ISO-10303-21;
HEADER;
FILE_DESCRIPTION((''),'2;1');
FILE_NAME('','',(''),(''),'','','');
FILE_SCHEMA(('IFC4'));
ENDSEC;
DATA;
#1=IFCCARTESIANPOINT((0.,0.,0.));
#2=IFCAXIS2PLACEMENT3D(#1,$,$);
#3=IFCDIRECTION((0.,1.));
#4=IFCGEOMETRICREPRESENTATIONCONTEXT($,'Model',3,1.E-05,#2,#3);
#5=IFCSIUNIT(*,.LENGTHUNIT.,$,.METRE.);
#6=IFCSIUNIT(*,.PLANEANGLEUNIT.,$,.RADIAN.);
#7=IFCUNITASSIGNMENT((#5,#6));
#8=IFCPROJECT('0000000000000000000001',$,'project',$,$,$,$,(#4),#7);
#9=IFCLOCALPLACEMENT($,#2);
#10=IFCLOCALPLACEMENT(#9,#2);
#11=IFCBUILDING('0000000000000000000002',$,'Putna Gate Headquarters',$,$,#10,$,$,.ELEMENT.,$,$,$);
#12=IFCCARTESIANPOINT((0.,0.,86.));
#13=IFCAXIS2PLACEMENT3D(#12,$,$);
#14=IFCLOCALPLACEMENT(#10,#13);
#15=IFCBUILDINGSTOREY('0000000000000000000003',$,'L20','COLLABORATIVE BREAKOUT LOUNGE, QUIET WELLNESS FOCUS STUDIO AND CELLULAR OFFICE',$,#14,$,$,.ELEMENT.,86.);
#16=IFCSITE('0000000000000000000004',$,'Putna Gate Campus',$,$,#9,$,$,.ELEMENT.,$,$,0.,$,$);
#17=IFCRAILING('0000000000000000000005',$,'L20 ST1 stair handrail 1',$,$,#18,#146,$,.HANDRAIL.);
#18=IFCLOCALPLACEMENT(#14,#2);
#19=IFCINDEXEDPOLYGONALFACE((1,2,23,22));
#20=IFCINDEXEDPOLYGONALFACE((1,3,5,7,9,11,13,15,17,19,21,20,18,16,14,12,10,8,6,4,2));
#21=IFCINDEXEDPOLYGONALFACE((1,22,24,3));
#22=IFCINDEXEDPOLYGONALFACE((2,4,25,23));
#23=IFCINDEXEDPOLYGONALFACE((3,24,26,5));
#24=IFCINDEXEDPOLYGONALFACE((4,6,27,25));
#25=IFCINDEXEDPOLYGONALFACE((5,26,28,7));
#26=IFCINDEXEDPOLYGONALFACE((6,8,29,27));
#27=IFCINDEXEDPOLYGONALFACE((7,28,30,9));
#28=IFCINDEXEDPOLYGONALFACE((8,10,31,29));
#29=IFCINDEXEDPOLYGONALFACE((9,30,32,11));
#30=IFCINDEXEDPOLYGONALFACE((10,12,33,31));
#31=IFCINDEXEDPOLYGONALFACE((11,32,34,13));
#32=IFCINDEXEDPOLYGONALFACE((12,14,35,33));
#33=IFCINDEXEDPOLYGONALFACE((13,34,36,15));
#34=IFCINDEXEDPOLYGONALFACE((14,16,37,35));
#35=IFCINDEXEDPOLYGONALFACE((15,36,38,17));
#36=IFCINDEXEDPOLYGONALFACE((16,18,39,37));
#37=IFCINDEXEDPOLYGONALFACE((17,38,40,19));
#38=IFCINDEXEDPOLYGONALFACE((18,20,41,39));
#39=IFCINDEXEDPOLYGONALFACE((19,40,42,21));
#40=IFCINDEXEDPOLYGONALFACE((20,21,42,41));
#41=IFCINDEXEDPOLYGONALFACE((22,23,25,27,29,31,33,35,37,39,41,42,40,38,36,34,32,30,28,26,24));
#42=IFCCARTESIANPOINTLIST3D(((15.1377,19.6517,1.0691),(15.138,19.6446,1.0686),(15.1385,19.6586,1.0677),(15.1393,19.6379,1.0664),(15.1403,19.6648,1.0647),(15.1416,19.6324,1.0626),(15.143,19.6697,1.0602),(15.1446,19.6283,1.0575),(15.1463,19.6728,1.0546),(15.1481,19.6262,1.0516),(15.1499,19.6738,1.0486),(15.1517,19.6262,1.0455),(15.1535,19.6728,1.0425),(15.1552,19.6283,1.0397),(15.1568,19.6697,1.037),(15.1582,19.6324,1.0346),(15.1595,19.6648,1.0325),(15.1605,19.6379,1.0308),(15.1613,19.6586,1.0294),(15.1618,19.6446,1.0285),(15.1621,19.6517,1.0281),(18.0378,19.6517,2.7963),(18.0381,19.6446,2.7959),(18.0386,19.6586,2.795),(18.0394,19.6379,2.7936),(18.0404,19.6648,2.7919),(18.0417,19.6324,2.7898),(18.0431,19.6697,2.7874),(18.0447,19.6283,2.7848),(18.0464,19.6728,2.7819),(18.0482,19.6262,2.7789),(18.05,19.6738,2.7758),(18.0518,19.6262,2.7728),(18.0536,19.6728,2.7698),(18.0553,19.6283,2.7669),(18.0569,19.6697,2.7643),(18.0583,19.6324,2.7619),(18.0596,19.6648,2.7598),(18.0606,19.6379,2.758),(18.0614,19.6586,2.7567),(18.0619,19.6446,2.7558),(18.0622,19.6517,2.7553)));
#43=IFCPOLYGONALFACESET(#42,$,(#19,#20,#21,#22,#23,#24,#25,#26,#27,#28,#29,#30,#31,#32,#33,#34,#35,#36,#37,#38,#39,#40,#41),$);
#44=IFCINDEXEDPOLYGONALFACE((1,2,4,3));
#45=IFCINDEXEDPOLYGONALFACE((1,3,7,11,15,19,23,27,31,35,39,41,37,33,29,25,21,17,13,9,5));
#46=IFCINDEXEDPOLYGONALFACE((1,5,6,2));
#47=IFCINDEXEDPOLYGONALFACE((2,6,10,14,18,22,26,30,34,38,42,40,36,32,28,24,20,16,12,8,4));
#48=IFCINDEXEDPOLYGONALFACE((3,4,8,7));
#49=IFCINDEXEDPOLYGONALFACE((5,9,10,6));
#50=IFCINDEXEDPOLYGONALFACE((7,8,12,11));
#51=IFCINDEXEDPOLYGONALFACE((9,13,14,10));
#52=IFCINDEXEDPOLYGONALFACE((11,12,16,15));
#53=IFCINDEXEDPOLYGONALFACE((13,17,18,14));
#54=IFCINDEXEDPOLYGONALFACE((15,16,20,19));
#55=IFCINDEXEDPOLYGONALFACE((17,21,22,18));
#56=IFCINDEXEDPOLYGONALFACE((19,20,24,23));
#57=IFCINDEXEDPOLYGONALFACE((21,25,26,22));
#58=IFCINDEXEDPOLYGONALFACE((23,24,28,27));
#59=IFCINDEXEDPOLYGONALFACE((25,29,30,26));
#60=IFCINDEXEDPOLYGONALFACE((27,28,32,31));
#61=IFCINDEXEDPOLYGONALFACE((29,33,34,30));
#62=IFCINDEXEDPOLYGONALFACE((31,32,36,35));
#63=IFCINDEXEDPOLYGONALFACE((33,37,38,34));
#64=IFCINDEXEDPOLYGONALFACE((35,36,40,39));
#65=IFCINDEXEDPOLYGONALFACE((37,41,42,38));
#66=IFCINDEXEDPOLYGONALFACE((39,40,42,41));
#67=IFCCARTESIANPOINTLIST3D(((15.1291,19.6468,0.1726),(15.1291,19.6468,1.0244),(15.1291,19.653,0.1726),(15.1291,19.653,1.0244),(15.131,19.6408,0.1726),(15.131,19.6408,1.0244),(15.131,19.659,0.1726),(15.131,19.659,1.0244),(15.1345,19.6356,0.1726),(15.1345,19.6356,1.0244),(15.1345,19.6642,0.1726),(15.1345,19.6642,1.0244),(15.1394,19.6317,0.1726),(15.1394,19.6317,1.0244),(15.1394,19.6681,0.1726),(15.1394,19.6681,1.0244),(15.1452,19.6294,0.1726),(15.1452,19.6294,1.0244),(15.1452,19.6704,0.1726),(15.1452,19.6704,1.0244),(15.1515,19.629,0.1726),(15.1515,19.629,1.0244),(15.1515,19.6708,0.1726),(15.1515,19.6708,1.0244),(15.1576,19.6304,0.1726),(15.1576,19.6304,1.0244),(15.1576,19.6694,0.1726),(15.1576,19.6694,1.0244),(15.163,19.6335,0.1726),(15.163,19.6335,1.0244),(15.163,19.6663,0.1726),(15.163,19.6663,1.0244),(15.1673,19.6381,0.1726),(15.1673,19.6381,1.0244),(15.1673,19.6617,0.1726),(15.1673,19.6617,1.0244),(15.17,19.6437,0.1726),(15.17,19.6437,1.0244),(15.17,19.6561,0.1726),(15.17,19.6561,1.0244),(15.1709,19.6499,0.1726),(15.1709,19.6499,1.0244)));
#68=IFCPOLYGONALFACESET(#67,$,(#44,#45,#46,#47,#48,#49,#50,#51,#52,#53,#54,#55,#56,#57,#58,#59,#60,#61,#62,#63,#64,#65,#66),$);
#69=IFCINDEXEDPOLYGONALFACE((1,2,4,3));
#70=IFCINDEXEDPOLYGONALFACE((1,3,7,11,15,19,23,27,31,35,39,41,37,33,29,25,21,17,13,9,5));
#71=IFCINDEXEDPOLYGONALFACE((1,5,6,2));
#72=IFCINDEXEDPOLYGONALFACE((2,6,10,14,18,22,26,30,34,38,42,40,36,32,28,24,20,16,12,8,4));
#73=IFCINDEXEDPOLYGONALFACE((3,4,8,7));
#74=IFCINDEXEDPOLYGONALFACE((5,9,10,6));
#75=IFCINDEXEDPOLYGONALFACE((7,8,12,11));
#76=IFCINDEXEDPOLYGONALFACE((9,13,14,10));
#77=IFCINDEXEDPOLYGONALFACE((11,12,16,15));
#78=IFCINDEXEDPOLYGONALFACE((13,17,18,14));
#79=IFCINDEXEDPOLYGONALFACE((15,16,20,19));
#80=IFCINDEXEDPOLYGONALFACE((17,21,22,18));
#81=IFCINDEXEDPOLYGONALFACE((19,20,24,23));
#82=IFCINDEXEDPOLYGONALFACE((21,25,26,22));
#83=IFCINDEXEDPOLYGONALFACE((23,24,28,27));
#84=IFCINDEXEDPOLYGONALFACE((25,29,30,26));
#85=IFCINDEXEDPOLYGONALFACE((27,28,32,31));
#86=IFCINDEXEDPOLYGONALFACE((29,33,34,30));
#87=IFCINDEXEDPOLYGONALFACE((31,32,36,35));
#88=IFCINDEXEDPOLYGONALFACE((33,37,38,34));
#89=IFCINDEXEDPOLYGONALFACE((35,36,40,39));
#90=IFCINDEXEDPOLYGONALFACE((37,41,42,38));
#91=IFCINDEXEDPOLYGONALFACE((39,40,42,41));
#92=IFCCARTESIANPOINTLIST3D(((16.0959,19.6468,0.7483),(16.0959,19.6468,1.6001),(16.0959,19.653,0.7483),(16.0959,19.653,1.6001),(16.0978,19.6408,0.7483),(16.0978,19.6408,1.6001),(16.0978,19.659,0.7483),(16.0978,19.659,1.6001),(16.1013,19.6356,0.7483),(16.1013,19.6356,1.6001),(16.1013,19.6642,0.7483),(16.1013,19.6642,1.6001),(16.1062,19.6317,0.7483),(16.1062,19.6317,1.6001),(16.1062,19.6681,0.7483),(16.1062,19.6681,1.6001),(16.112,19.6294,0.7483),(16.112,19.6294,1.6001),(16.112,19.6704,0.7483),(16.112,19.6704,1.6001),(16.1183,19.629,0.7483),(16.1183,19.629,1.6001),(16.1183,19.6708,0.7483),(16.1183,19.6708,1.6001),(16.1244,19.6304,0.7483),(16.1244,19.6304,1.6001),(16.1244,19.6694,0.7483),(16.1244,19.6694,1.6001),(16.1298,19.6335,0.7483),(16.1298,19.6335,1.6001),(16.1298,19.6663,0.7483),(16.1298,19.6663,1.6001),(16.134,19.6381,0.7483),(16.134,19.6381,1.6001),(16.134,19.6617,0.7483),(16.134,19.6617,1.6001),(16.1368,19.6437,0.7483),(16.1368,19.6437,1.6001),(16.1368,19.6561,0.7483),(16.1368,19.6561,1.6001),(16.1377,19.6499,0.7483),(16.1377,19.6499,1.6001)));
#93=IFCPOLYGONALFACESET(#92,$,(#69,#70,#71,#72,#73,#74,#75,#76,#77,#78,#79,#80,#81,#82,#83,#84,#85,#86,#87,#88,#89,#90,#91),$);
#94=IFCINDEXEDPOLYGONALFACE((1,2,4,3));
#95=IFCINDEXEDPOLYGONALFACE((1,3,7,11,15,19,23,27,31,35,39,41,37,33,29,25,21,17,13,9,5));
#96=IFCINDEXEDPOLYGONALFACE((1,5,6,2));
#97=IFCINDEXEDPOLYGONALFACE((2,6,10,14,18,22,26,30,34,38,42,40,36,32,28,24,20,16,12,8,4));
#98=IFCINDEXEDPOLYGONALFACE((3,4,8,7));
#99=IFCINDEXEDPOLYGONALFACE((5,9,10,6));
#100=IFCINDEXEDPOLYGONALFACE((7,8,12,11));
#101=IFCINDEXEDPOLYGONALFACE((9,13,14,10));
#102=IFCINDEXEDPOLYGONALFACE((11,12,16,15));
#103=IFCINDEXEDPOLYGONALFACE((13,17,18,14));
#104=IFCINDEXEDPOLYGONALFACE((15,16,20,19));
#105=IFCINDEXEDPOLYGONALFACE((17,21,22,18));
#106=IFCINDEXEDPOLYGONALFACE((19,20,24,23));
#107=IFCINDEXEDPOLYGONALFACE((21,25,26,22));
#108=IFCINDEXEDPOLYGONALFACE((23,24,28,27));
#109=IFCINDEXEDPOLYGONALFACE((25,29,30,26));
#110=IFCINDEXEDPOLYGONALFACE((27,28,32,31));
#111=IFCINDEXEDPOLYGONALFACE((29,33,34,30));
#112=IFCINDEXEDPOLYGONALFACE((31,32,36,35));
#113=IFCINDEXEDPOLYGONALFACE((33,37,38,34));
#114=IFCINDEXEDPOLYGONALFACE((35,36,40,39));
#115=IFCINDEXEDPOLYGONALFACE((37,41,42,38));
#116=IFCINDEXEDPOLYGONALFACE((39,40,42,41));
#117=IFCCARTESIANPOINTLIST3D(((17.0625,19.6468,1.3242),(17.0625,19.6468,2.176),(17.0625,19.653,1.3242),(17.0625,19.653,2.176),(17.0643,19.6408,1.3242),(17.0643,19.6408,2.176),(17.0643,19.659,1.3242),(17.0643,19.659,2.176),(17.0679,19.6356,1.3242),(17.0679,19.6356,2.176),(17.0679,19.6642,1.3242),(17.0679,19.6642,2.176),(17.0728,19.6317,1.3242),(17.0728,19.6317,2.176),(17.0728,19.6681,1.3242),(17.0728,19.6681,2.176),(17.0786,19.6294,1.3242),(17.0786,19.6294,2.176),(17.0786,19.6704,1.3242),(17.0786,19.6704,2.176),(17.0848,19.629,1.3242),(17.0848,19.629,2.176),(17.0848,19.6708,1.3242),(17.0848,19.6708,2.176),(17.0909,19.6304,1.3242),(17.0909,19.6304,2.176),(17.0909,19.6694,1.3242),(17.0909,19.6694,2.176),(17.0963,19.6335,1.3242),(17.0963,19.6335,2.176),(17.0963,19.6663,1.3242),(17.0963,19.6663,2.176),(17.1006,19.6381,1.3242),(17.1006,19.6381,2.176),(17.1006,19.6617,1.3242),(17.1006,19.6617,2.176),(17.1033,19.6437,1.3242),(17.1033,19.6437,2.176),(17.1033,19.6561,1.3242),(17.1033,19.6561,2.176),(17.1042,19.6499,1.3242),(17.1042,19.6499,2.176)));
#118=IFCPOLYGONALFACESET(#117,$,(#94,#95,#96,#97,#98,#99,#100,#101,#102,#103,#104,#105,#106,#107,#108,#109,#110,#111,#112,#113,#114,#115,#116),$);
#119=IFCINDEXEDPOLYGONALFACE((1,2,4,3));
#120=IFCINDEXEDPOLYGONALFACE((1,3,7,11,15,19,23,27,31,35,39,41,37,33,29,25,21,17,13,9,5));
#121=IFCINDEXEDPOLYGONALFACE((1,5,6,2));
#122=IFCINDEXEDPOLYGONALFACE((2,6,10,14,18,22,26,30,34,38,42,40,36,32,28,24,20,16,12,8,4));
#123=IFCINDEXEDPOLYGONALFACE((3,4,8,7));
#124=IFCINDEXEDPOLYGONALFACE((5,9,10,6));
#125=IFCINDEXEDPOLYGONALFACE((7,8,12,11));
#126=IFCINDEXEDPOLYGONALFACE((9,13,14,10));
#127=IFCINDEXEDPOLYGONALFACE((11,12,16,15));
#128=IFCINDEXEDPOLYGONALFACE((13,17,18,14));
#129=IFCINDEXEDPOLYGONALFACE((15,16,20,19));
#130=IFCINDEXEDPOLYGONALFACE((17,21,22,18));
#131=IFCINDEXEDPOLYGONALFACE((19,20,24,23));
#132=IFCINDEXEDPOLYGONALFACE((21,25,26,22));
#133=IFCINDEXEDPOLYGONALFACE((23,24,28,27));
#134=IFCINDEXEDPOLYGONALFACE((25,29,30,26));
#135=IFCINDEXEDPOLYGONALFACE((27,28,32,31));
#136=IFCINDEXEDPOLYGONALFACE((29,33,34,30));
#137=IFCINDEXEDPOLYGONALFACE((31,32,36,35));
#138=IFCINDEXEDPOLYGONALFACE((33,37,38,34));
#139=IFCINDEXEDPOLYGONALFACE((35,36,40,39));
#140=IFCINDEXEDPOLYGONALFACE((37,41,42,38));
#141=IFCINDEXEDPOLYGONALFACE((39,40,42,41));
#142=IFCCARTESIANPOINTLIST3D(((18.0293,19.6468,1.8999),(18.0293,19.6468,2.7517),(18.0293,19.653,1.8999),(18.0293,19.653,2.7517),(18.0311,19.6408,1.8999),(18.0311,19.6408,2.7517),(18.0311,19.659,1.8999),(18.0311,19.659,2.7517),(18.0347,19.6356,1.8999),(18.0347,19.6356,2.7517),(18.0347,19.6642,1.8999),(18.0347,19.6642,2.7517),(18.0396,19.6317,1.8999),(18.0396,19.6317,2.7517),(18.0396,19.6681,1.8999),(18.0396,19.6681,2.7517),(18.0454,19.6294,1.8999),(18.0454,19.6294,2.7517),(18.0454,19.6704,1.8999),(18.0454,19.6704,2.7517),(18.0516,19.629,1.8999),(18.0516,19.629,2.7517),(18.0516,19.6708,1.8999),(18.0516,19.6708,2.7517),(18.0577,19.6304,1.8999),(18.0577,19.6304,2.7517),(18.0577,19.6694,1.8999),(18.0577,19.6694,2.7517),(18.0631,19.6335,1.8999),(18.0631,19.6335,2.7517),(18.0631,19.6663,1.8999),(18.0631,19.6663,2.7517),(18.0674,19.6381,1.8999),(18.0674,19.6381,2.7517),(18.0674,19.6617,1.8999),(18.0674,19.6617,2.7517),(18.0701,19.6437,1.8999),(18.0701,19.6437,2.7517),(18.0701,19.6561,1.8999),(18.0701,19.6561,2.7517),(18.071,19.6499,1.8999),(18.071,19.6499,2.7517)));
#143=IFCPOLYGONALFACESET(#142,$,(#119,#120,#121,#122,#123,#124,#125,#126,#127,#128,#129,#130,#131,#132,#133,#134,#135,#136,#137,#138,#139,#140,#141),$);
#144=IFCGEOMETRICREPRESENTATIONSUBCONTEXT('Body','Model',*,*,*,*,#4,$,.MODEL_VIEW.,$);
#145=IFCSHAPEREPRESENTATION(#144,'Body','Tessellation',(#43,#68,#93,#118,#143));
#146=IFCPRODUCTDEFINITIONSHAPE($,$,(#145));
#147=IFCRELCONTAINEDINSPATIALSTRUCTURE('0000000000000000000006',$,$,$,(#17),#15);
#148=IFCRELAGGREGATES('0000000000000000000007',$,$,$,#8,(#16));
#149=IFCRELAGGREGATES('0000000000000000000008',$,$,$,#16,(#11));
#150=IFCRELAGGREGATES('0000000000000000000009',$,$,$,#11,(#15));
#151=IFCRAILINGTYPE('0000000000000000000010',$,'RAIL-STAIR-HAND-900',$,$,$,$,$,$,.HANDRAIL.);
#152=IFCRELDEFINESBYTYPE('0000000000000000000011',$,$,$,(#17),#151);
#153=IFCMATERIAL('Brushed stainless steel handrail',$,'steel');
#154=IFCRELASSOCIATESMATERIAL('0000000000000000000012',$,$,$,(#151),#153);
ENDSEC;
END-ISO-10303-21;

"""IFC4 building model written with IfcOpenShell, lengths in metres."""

from ifc_helpers import new_model, si_unit, direction, frame, origin, origin_2d, place, context, subcontext, project, spatial, circle, extrude, material, type_object, element, save


model = new_model("IFC4")

# Units and contexts
model_context = context("Model", 3, precision=1e-05, world=origin(), true_north=direction((0.0, 1.0)))
body_context = subcontext(model_context, "Body", "Model", "MODEL_VIEW")
ifc_project = project(units=[si_unit("LENGTHUNIT", "METRE"), si_unit("PLANEANGLEUNIT", "RADIAN")], contexts=[model_context])

# Site, building, storey
site_placement = place(None, origin())
site = spatial("IfcSite", under=ifc_project, at=site_placement, Name="Putna Gate Campus", CompositionType="ELEMENT", RefElevation=0.0)
building_placement = place(site_placement, origin())
building = spatial("IfcBuilding", under=site, at=building_placement, Name="Putna Gate Headquarters", CompositionType="ELEMENT")
storey_placement = place(building_placement, frame((0.0, 0.0, 86.0)))
storey = spatial("IfcBuildingStorey", under=building, at=storey_placement, Name="L20", Description="COLLABORATIVE BREAKOUT LOUNGE, QUIET WELLNESS FOCUS STUDIO AND CELLULAR OFFICE", CompositionType="ELEMENT", Elevation=86.0)

# Railing
ifc_material_1 = material(Name="Brushed stainless steel handrail", Category="steel")
railing_type_1 = type_object("IfcRailingType", Name="RAIL-STAIR-HAND-900", PredefinedType="HANDRAIL", material=ifc_material_1)
railing_1_placement = place(storey_placement, frame((15.1499, 19.6499, 0.1726)))
element("IfcRailing", 1, at=railing_1_placement, inside=storey, type_object=railing_type_1, Name="L20 ST1 stair handrail 1", PredefinedType="HANDRAIL", context=body_context, shape_type="SweptSolid", body=[
    extrude(circle(Radius=0.0239, at=origin_2d()), frame((0.0, 0.0, 0.876), z_axis=(0.85916, 0.0, 0.511706), x_axis=(0.0, 1.0, 0.0)), (0.0, 0.0, 1.0), 3.3755),
    extrude(circle(Radius=0.021, at=origin_2d()), origin(), (0.0, 0.0, 1.0), 0.8518),
    extrude(circle(Radius=0.021, at=origin_2d()), frame((0.9668, 0.0, 0.5757)), (0.0, 0.0, 1.0), 0.8518),
    extrude(circle(Radius=0.021, at=origin_2d()), frame((1.9333, 0.0, 1.1516)), (0.0, 0.0, 1.0), 0.8518),
    extrude(circle(Radius=0.021, at=origin_2d()), frame((2.9001, 0.0, 1.7273)), (0.0, 0.0, 1.0), 0.8518),
])

save(model, "model.ifc")
